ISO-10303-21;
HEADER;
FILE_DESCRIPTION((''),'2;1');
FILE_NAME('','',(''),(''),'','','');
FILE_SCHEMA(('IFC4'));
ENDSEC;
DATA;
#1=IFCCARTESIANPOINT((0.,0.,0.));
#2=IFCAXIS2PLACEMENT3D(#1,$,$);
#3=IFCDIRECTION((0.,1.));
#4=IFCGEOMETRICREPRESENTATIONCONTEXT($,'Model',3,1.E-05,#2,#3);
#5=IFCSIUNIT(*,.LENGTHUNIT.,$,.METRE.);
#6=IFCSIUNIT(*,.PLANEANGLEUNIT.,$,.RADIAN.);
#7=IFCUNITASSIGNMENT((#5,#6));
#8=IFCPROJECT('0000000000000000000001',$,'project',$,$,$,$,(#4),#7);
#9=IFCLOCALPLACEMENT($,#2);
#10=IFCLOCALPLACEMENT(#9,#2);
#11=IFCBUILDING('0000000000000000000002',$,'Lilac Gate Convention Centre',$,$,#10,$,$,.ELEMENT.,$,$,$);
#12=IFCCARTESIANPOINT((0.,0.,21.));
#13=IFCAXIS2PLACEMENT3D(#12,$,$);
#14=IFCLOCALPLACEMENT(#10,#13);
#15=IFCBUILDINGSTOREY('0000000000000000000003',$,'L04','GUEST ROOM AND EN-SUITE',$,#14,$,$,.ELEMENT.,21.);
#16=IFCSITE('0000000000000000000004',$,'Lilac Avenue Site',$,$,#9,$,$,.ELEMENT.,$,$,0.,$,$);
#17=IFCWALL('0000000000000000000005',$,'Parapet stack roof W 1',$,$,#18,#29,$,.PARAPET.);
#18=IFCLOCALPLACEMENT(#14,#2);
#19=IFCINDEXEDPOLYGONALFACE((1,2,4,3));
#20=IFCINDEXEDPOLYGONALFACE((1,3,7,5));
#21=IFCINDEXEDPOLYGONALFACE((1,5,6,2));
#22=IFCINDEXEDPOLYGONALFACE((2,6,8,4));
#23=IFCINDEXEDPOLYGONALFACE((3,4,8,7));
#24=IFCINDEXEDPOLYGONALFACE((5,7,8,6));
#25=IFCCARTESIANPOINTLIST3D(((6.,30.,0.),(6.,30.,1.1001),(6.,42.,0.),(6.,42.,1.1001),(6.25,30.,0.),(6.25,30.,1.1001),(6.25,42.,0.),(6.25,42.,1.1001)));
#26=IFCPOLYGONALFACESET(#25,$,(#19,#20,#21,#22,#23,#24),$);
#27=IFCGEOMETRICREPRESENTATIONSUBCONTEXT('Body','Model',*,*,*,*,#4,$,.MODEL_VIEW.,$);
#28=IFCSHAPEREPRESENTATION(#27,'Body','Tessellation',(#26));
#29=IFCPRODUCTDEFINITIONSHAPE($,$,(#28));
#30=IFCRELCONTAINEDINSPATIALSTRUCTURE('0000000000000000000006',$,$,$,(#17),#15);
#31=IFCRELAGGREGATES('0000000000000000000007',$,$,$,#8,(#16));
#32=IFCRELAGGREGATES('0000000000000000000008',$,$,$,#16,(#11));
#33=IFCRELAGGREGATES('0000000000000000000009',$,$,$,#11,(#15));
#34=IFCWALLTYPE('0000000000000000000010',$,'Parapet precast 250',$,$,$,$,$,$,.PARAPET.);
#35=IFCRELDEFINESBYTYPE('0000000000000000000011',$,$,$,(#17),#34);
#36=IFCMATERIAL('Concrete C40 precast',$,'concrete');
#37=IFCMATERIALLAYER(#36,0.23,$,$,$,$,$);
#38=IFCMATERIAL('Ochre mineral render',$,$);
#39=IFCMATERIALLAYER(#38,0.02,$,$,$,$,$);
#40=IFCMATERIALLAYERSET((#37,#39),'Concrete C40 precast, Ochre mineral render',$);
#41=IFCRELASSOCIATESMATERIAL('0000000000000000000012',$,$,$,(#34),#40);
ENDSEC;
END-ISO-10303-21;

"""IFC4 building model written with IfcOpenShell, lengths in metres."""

from ifc_helpers import new_model, si_unit, direction, frame, frame_2d, origin, place, context, subcontext, project, spatial, rectangle, extrude, material, layer, layer_set, type_object, element, save


model = new_model("IFC4")

# Units and contexts
model_context = context("Model", 3, precision=1e-05, world=origin(), true_north=direction((0.0, 1.0)))
body_context = subcontext(model_context, "Body", "Model", "MODEL_VIEW")
ifc_project = project(units=[si_unit("LENGTHUNIT", "METRE"), si_unit("PLANEANGLEUNIT", "RADIAN")], contexts=[model_context])

# Site, building, storey
site_placement = place(None, origin())
site = spatial("IfcSite", under=ifc_project, at=site_placement, Name="Lilac Avenue Site", CompositionType="ELEMENT", RefElevation=0.0)
building_placement = place(site_placement, origin())
building = spatial("IfcBuilding", under=site, at=building_placement, Name="Lilac Gate Convention Centre", CompositionType="ELEMENT")
storey_placement = place(building_placement, frame((0.0, 0.0, 21.0)))
storey = spatial("IfcBuildingStorey", under=building, at=storey_placement, Name="L04", Description="GUEST ROOM AND EN-SUITE", CompositionType="ELEMENT", Elevation=21.0)

# Wall
ifc_material_1 = material(Name="Concrete C40 precast", Category="concrete")
ifc_layer_1 = layer(ifc_material_1, 0.23)
ifc_material_2 = material(Name="Ochre mineral render")
ifc_layer_2 = layer(ifc_material_2, 0.02)
ifc_layer_set_1 = layer_set([ifc_layer_1, ifc_layer_2], Name="Concrete C40 precast, Ochre mineral render")
wall_type = type_object("IfcWallType", Name="Parapet precast 250", PredefinedType="PARAPET", material=ifc_layer_set_1)
wall_placement = place(storey_placement, frame((6.125, 30.0, 0.0), z_axis=(0.0, 0.0, 1.0), x_axis=(0.0, 1.0, 0.0)))
element("IfcWall", 1, at=wall_placement, inside=storey, type_object=wall_type, Name="Parapet stack roof W 1", PredefinedType="PARAPET", context=body_context, shape_type="SweptSolid", body=[
    extrude(rectangle(XDim=12.0, YDim=0.25, at=frame_2d((6.0, 0.0))), origin(), (0.0, 0.0, 1.0), 1.1001),
])

save(model, "model.ifc")
